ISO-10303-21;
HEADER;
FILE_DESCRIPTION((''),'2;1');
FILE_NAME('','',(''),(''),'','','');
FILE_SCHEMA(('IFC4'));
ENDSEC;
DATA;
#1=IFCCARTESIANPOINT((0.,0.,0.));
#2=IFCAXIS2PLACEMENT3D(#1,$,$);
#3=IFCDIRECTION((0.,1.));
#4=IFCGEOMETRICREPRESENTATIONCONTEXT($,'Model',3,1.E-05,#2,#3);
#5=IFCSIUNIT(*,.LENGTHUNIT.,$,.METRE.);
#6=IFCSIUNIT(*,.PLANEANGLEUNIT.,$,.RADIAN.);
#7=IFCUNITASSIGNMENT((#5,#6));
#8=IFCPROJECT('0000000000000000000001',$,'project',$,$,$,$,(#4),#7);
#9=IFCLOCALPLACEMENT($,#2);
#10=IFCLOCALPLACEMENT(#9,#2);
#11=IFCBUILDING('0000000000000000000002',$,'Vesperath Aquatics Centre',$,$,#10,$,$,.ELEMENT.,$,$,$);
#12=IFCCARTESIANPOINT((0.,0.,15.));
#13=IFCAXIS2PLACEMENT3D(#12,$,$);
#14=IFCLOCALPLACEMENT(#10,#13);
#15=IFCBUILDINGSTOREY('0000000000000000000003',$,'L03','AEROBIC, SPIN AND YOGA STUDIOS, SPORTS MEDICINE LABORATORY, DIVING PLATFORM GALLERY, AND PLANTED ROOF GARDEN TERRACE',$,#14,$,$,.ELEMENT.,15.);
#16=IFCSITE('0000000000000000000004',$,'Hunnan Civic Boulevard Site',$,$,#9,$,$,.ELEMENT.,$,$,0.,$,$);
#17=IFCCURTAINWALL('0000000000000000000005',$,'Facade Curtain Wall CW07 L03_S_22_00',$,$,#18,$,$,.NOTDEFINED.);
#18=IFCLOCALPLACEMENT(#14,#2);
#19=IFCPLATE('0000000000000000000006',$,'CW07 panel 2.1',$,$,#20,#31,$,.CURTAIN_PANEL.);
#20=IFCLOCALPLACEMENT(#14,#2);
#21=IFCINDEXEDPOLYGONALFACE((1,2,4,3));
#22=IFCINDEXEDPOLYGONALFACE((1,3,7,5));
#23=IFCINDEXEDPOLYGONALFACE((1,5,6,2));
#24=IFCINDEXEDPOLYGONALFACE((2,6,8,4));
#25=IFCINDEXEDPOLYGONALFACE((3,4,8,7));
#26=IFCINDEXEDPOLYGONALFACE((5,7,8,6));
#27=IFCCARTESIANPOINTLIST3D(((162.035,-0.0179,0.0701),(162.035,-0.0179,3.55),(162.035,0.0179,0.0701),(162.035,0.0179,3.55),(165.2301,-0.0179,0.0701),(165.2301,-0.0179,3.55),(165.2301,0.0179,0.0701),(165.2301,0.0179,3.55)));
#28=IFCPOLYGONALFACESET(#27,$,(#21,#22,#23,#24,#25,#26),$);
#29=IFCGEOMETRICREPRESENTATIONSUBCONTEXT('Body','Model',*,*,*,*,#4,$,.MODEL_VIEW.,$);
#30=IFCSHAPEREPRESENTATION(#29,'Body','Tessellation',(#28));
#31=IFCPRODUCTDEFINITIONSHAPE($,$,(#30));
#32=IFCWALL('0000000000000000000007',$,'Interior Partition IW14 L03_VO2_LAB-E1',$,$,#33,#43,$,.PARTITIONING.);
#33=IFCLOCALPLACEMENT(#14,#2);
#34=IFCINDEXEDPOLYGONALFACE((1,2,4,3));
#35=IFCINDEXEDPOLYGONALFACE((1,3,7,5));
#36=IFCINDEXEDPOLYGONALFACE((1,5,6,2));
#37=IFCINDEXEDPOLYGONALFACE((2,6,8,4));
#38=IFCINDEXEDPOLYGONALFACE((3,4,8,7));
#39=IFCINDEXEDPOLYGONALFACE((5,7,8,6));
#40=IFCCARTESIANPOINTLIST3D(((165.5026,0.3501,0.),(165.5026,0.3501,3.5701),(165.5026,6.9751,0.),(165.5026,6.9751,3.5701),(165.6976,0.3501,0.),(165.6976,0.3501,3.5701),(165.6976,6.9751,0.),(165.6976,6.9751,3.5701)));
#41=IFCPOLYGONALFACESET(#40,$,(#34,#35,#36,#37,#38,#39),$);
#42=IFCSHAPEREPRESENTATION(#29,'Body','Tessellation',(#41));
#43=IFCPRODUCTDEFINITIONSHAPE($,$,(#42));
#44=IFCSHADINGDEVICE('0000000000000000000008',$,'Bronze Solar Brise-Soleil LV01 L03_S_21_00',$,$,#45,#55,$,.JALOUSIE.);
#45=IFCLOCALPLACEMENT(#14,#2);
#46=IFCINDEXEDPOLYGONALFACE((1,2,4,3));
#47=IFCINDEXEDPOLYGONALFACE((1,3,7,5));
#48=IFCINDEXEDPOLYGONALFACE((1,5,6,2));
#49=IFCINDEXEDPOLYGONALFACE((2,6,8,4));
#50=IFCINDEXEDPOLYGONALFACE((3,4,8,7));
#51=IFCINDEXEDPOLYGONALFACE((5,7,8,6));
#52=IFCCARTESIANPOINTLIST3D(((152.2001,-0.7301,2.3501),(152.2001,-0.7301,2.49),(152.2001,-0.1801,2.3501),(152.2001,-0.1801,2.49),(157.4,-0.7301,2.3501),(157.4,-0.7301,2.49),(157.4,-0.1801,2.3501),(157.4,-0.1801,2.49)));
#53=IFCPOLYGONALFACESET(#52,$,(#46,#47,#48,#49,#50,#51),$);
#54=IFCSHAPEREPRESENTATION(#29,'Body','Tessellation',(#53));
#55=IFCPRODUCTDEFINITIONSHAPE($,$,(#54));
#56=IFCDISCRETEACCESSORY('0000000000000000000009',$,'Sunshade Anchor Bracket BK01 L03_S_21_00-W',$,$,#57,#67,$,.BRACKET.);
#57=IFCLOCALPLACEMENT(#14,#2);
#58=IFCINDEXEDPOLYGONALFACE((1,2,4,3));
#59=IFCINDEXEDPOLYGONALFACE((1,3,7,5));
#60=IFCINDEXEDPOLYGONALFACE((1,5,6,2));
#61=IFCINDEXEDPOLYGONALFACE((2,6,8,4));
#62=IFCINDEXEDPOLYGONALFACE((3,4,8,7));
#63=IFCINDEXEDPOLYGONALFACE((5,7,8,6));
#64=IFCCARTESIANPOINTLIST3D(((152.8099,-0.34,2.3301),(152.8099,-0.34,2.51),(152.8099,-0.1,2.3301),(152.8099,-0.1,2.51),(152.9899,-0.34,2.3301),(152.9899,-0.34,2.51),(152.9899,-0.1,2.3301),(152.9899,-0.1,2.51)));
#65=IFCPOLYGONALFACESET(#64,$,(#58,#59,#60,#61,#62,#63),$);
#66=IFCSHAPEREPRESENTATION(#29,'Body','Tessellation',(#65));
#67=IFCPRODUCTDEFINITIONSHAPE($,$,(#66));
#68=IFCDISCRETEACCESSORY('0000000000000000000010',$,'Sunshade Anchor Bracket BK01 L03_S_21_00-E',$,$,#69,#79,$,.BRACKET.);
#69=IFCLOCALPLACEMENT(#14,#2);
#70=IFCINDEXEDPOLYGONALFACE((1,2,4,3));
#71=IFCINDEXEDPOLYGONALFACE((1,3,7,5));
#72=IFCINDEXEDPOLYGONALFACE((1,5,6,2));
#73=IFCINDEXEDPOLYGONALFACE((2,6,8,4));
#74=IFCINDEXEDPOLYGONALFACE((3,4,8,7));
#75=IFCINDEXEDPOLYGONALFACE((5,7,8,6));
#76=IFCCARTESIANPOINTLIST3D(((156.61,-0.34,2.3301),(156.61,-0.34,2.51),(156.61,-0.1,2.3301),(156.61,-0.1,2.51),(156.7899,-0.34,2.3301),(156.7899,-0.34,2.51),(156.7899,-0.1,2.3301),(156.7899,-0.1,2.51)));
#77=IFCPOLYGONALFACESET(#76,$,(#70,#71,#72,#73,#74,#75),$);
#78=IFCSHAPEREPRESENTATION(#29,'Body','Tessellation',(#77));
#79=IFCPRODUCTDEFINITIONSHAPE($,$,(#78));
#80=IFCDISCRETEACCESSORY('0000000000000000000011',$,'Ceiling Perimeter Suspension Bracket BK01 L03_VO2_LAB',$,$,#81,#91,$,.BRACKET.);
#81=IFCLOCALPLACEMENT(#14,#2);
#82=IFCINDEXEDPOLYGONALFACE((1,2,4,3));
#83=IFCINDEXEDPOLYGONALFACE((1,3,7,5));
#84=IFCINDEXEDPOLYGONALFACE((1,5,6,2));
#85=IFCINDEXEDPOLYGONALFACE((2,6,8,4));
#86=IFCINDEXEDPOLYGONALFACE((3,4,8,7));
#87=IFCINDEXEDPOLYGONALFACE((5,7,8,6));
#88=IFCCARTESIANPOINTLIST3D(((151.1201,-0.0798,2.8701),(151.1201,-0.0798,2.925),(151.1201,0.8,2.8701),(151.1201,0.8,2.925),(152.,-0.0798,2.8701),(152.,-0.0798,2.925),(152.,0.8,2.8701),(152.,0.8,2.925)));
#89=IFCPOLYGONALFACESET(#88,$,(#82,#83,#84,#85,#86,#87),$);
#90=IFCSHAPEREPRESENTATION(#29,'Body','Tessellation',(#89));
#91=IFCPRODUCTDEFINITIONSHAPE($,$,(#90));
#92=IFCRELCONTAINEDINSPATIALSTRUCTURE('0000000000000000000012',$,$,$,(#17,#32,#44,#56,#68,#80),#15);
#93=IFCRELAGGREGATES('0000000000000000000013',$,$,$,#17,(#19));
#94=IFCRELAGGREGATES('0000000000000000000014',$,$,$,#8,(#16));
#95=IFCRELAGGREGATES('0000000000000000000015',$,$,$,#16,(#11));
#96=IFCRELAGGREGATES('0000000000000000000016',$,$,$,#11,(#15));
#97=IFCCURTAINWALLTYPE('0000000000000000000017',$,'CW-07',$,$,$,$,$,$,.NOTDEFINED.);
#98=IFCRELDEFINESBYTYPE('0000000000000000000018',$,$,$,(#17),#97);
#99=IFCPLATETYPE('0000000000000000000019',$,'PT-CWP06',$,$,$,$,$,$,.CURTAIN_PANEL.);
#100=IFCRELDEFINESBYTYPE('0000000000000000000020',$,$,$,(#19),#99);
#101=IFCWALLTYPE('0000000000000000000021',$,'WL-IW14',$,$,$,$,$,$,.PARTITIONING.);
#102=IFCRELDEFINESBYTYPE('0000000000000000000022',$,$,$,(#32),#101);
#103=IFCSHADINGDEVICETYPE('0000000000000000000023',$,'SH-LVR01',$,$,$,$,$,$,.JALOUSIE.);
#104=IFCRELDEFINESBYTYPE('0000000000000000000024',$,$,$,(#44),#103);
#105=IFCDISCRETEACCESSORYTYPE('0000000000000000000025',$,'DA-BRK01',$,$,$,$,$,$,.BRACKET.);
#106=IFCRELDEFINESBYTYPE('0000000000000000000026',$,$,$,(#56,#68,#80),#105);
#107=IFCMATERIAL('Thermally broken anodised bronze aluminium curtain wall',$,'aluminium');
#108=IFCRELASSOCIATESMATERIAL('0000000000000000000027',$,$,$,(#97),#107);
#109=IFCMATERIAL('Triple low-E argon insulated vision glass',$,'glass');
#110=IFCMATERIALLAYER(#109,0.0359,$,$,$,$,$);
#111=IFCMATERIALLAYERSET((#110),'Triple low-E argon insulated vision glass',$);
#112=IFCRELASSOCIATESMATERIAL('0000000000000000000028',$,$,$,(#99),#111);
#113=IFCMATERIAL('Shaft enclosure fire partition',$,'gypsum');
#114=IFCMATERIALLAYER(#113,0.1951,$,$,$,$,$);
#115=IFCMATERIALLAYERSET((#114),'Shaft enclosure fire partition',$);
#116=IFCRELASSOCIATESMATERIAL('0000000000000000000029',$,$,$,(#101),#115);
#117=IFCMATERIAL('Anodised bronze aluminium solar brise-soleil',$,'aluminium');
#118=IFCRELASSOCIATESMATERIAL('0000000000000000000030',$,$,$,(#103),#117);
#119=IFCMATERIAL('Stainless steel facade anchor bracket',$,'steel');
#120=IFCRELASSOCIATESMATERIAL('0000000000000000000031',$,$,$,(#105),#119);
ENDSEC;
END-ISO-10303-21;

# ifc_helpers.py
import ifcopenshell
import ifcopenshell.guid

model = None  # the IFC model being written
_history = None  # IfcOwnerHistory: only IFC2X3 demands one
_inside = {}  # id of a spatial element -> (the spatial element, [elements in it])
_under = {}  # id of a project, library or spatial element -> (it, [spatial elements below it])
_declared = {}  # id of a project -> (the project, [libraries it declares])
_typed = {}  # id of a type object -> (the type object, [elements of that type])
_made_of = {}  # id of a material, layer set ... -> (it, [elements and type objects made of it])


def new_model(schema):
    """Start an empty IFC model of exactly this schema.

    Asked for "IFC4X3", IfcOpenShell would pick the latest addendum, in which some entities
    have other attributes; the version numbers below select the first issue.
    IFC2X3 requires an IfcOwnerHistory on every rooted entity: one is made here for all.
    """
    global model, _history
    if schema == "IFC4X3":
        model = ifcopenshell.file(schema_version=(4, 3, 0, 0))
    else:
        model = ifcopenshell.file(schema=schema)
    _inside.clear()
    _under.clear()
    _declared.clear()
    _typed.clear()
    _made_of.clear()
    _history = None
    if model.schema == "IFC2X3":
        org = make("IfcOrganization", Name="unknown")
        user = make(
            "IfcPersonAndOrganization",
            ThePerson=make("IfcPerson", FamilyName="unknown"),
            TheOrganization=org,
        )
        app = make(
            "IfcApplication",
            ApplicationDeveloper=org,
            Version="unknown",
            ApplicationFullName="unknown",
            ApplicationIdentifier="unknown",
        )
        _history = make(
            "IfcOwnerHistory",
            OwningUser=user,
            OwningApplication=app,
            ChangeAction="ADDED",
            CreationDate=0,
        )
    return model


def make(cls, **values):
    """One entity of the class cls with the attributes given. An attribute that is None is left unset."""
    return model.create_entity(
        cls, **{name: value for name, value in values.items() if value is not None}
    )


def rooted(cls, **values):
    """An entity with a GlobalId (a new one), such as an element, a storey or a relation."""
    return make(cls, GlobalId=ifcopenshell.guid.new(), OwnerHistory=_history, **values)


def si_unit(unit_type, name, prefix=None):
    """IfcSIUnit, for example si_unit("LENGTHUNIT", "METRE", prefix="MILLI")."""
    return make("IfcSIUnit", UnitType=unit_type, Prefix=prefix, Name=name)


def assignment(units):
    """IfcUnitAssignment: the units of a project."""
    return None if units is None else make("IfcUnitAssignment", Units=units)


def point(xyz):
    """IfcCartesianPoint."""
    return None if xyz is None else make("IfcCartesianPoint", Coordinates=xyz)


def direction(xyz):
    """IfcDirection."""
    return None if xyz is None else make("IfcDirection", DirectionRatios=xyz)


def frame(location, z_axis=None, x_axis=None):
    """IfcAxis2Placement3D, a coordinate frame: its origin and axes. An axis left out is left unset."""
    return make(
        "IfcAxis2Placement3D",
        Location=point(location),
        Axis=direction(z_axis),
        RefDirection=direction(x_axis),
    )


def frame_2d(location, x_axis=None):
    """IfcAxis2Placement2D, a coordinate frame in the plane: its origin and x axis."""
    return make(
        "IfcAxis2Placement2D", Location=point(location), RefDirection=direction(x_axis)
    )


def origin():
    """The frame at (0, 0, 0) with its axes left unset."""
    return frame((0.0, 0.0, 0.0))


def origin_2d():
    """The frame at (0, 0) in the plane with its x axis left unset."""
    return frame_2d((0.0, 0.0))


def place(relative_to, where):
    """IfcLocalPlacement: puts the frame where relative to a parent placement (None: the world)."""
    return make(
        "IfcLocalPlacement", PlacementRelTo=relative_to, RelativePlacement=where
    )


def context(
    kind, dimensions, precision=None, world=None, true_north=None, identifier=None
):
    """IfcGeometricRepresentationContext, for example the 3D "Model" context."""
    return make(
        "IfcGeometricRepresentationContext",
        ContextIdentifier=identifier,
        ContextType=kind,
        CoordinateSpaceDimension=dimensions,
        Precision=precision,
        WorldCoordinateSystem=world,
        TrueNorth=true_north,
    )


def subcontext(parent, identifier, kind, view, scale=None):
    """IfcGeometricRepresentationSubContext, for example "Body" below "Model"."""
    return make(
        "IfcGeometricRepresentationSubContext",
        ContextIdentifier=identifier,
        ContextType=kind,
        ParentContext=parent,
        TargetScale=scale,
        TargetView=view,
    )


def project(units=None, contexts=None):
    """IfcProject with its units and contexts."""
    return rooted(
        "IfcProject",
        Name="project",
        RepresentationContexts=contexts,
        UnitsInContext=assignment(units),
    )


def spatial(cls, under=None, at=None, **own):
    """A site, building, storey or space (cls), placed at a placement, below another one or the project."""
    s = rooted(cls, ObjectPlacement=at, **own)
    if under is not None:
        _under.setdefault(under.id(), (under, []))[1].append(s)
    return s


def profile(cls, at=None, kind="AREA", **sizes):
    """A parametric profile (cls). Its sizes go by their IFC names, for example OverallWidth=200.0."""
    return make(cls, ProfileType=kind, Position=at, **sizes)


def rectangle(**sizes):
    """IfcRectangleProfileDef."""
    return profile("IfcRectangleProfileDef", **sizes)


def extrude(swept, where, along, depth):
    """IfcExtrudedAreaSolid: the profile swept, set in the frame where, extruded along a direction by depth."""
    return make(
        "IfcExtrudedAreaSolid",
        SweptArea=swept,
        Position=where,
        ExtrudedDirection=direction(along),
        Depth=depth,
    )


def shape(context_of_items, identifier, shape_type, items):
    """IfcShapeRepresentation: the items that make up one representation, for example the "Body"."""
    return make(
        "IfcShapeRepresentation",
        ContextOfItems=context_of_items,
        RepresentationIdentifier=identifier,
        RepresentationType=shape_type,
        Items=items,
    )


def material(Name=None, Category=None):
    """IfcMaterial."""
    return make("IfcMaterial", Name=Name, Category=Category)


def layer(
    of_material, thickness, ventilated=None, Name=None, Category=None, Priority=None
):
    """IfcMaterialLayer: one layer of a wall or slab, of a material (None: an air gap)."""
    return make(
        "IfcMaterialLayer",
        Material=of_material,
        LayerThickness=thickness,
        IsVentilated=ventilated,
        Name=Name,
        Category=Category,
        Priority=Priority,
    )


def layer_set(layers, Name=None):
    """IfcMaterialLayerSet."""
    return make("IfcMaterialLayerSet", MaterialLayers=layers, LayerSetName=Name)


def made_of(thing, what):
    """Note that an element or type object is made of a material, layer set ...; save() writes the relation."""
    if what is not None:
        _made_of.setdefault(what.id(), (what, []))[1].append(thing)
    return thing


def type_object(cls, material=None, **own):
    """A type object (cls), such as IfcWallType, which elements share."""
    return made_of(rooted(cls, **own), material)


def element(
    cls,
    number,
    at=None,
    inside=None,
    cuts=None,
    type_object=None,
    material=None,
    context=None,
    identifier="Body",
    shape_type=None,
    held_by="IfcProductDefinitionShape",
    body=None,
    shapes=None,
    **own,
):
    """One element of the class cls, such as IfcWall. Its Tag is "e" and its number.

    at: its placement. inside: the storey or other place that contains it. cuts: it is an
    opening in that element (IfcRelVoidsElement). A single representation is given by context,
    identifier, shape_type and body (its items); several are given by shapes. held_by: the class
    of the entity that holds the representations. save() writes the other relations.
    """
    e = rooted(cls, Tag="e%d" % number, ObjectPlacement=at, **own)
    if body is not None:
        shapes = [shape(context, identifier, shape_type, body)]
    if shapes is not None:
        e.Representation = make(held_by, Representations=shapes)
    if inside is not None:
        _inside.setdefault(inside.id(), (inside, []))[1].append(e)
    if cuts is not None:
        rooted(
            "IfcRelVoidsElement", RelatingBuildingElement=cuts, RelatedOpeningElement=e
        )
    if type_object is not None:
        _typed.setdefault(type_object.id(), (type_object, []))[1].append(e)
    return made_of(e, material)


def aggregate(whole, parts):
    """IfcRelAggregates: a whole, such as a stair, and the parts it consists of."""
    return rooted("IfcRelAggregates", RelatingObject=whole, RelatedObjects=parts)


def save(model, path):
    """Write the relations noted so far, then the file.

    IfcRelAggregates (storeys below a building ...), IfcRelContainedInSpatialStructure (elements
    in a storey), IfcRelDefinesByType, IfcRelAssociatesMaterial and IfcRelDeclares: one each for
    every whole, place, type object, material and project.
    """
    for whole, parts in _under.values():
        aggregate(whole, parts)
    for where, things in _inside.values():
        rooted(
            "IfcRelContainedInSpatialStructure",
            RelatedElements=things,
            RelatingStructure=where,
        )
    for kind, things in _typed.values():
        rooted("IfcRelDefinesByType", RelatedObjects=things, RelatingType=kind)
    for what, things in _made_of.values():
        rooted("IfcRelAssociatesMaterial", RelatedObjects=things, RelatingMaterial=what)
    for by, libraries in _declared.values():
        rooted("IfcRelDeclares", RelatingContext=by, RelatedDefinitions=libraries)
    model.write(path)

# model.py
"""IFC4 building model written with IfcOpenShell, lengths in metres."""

from ifc_helpers import new_model, si_unit, direction, frame, frame_2d, origin, origin_2d, place, context, subcontext, project, spatial, rectangle, extrude, material, layer, layer_set, type_object, element, aggregate, save


model = new_model("IFC4")

# Units and contexts
model_context = context("Model", 3, precision=1e-05, world=origin(), true_north=direction((0.0, 1.0)))
body_context = subcontext(model_context, "Body", "Model", "MODEL_VIEW")
ifc_project = project(units=[si_unit("LENGTHUNIT", "METRE"), si_unit("PLANEANGLEUNIT", "RADIAN")], contexts=[model_context])

# Site, building, storey
site_placement = place(None, origin())
site = spatial("IfcSite", under=ifc_project, at=site_placement, Name="Hunnan Civic Boulevard Site", CompositionType="ELEMENT", RefElevation=0.0)
building_placement = place(site_placement, origin())
building = spatial("IfcBuilding", under=site, at=building_placement, Name="Vesperath Aquatics Centre", CompositionType="ELEMENT")
storey_placement = place(building_placement, frame((0.0, 0.0, 15.0)))
storey = spatial("IfcBuildingStorey", under=building, at=storey_placement, Name="L03", Description="AEROBIC, SPIN AND YOGA STUDIOS, SPORTS MEDICINE LABORATORY, DIVING PLATFORM GALLERY, AND PLANTED ROOF GARDEN TERRACE", CompositionType="ELEMENT", Elevation=15.0)

# Curtain wall, plate
ifc_material_1 = material(Name="Thermally broken anodised bronze aluminium curtain wall", Category="aluminium")
curtain_wall_type = type_object("IfcCurtainWallType", Name="CW-07", PredefinedType="NOTDEFINED", material=ifc_material_1)
curtain_wall_placement = place(storey_placement, origin())
curtain_wall = element("IfcCurtainWall", 1, at=curtain_wall_placement, inside=storey, type_object=curtain_wall_type, Name="Facade Curtain Wall CW07 L03_S_22_00", PredefinedType="NOTDEFINED")
ifc_material_2 = material(Name="Triple low-E argon insulated vision glass", Category="glass")
ifc_layer_1 = layer(ifc_material_2, 0.0359)
ifc_layer_set_1 = layer_set([ifc_layer_1], Name="Triple low-E argon insulated vision glass")
plate_type = type_object("IfcPlateType", Name="PT-CWP06", PredefinedType="CURTAIN_PANEL", material=ifc_layer_set_1)
plate_1_placement = place(storey_placement, frame((163.6326, 0.0, 0.0701), z_axis=(0.0, 0.0, 1.0), x_axis=(1.0, 0.0, 0.0)))
plate_1 = element("IfcPlate", 2, at=plate_1_placement, type_object=plate_type, Name="CW07 panel 2.1", PredefinedType="CURTAIN_PANEL", context=body_context, shape_type="SweptSolid", body=[
    extrude(rectangle(XDim=3.1951, YDim=0.0359, at=origin_2d()), origin(), (0.0, 0.0, 1.0), 3.48),
])
aggregate(curtain_wall, [plate_1])

# Wall
ifc_material_3 = material(Name="Shaft enclosure fire partition", Category="gypsum")
ifc_layer_2 = layer(ifc_material_3, 0.1951)
ifc_layer_set_2 = layer_set([ifc_layer_2], Name="Shaft enclosure fire partition")
wall_type = type_object("IfcWallType", Name="WL-IW14", PredefinedType="PARTITIONING", material=ifc_layer_set_2)
wall_placement = place(storey_placement, frame((165.6001, 0.3501, 0.0), z_axis=(0.0, 0.0, 1.0), x_axis=(0.0, 1.0, 0.0)))
element("IfcWall", 3, at=wall_placement, inside=storey, type_object=wall_type, Name="Interior Partition IW14 L03_VO2_LAB-E1", PredefinedType="PARTITIONING", context=body_context, shape_type="SweptSolid", body=[
    extrude(rectangle(XDim=6.625, YDim=0.1951, at=frame_2d((3.3125, 0.0))), origin(), (0.0, 0.0, 1.0), 3.5701),
])

# Shading device
ifc_material_4 = material(Name="Anodised bronze aluminium solar brise-soleil", Category="aluminium")
shading_device_type = type_object("IfcShadingDeviceType", Name="SH-LVR01", PredefinedType="JALOUSIE", material=ifc_material_4)
shading_device_placement = place(storey_placement, frame((154.8, -0.4551, 2.3501), z_axis=(0.0, 0.0, 1.0), x_axis=(1.0, 0.0, 0.0)))
element("IfcShadingDevice", 4, at=shading_device_placement, inside=storey, type_object=shading_device_type, Name="Bronze Solar Brise-Soleil LV01 L03_S_21_00", PredefinedType="JALOUSIE", context=body_context, shape_type="SweptSolid", body=[
    extrude(rectangle(XDim=5.2, YDim=0.55, at=origin_2d()), origin(), (0.0, 0.0, 1.0), 0.1399),
])

# Discrete accessories
ifc_material_5 = material(Name="Stainless steel facade anchor bracket", Category="steel")
discrete_accessory_type = type_object("IfcDiscreteAccessoryType", Name="DA-BRK01", PredefinedType="BRACKET", material=ifc_material_5)
for number, where, z_axis, x_axis, name in (
    (5, (152.8999, -0.22, 2.3301), (0.0, 0.0, 1.0), (1.0, 0.0, 0.0), "Sunshade Anchor Bracket BK01 L03_S_21_00-W"),
    (6, (156.7, -0.22, 2.3301), (0.0, 0.0, 1.0), (1.0, 0.0, 0.0), "Sunshade Anchor Bracket BK01 L03_S_21_00-E"),
):
    element("IfcDiscreteAccessory", number, at=place(storey_placement, frame(where, z_axis=z_axis, x_axis=x_axis)), inside=storey, type_object=discrete_accessory_type, Name=name, PredefinedType="BRACKET", context=body_context, shape_type="SweptSolid", body=[
        extrude(rectangle(XDim=0.1799, YDim=0.24, at=origin_2d()), origin(), (0.0, 0.0, 1.0), 0.1799),
    ])
discrete_accessory_placement = place(storey_placement, frame((151.5601, 0.3601, 2.8701), z_axis=(0.0, 0.0, 1.0), x_axis=(1.0, 0.0, 0.0)))
element("IfcDiscreteAccessory", 7, at=discrete_accessory_placement, inside=storey, type_object=discrete_accessory_type, Name="Ceiling Perimeter Suspension Bracket BK01 L03_VO2_LAB", PredefinedType="BRACKET", context=body_context, shape_type="SweptSolid", body=[
    extrude(rectangle(XDim=0.8799, YDim=0.8799, at=origin_2d()), origin(), (0.0, 0.0, 1.0), 0.0549),
])

save(model, "model.ifc")
